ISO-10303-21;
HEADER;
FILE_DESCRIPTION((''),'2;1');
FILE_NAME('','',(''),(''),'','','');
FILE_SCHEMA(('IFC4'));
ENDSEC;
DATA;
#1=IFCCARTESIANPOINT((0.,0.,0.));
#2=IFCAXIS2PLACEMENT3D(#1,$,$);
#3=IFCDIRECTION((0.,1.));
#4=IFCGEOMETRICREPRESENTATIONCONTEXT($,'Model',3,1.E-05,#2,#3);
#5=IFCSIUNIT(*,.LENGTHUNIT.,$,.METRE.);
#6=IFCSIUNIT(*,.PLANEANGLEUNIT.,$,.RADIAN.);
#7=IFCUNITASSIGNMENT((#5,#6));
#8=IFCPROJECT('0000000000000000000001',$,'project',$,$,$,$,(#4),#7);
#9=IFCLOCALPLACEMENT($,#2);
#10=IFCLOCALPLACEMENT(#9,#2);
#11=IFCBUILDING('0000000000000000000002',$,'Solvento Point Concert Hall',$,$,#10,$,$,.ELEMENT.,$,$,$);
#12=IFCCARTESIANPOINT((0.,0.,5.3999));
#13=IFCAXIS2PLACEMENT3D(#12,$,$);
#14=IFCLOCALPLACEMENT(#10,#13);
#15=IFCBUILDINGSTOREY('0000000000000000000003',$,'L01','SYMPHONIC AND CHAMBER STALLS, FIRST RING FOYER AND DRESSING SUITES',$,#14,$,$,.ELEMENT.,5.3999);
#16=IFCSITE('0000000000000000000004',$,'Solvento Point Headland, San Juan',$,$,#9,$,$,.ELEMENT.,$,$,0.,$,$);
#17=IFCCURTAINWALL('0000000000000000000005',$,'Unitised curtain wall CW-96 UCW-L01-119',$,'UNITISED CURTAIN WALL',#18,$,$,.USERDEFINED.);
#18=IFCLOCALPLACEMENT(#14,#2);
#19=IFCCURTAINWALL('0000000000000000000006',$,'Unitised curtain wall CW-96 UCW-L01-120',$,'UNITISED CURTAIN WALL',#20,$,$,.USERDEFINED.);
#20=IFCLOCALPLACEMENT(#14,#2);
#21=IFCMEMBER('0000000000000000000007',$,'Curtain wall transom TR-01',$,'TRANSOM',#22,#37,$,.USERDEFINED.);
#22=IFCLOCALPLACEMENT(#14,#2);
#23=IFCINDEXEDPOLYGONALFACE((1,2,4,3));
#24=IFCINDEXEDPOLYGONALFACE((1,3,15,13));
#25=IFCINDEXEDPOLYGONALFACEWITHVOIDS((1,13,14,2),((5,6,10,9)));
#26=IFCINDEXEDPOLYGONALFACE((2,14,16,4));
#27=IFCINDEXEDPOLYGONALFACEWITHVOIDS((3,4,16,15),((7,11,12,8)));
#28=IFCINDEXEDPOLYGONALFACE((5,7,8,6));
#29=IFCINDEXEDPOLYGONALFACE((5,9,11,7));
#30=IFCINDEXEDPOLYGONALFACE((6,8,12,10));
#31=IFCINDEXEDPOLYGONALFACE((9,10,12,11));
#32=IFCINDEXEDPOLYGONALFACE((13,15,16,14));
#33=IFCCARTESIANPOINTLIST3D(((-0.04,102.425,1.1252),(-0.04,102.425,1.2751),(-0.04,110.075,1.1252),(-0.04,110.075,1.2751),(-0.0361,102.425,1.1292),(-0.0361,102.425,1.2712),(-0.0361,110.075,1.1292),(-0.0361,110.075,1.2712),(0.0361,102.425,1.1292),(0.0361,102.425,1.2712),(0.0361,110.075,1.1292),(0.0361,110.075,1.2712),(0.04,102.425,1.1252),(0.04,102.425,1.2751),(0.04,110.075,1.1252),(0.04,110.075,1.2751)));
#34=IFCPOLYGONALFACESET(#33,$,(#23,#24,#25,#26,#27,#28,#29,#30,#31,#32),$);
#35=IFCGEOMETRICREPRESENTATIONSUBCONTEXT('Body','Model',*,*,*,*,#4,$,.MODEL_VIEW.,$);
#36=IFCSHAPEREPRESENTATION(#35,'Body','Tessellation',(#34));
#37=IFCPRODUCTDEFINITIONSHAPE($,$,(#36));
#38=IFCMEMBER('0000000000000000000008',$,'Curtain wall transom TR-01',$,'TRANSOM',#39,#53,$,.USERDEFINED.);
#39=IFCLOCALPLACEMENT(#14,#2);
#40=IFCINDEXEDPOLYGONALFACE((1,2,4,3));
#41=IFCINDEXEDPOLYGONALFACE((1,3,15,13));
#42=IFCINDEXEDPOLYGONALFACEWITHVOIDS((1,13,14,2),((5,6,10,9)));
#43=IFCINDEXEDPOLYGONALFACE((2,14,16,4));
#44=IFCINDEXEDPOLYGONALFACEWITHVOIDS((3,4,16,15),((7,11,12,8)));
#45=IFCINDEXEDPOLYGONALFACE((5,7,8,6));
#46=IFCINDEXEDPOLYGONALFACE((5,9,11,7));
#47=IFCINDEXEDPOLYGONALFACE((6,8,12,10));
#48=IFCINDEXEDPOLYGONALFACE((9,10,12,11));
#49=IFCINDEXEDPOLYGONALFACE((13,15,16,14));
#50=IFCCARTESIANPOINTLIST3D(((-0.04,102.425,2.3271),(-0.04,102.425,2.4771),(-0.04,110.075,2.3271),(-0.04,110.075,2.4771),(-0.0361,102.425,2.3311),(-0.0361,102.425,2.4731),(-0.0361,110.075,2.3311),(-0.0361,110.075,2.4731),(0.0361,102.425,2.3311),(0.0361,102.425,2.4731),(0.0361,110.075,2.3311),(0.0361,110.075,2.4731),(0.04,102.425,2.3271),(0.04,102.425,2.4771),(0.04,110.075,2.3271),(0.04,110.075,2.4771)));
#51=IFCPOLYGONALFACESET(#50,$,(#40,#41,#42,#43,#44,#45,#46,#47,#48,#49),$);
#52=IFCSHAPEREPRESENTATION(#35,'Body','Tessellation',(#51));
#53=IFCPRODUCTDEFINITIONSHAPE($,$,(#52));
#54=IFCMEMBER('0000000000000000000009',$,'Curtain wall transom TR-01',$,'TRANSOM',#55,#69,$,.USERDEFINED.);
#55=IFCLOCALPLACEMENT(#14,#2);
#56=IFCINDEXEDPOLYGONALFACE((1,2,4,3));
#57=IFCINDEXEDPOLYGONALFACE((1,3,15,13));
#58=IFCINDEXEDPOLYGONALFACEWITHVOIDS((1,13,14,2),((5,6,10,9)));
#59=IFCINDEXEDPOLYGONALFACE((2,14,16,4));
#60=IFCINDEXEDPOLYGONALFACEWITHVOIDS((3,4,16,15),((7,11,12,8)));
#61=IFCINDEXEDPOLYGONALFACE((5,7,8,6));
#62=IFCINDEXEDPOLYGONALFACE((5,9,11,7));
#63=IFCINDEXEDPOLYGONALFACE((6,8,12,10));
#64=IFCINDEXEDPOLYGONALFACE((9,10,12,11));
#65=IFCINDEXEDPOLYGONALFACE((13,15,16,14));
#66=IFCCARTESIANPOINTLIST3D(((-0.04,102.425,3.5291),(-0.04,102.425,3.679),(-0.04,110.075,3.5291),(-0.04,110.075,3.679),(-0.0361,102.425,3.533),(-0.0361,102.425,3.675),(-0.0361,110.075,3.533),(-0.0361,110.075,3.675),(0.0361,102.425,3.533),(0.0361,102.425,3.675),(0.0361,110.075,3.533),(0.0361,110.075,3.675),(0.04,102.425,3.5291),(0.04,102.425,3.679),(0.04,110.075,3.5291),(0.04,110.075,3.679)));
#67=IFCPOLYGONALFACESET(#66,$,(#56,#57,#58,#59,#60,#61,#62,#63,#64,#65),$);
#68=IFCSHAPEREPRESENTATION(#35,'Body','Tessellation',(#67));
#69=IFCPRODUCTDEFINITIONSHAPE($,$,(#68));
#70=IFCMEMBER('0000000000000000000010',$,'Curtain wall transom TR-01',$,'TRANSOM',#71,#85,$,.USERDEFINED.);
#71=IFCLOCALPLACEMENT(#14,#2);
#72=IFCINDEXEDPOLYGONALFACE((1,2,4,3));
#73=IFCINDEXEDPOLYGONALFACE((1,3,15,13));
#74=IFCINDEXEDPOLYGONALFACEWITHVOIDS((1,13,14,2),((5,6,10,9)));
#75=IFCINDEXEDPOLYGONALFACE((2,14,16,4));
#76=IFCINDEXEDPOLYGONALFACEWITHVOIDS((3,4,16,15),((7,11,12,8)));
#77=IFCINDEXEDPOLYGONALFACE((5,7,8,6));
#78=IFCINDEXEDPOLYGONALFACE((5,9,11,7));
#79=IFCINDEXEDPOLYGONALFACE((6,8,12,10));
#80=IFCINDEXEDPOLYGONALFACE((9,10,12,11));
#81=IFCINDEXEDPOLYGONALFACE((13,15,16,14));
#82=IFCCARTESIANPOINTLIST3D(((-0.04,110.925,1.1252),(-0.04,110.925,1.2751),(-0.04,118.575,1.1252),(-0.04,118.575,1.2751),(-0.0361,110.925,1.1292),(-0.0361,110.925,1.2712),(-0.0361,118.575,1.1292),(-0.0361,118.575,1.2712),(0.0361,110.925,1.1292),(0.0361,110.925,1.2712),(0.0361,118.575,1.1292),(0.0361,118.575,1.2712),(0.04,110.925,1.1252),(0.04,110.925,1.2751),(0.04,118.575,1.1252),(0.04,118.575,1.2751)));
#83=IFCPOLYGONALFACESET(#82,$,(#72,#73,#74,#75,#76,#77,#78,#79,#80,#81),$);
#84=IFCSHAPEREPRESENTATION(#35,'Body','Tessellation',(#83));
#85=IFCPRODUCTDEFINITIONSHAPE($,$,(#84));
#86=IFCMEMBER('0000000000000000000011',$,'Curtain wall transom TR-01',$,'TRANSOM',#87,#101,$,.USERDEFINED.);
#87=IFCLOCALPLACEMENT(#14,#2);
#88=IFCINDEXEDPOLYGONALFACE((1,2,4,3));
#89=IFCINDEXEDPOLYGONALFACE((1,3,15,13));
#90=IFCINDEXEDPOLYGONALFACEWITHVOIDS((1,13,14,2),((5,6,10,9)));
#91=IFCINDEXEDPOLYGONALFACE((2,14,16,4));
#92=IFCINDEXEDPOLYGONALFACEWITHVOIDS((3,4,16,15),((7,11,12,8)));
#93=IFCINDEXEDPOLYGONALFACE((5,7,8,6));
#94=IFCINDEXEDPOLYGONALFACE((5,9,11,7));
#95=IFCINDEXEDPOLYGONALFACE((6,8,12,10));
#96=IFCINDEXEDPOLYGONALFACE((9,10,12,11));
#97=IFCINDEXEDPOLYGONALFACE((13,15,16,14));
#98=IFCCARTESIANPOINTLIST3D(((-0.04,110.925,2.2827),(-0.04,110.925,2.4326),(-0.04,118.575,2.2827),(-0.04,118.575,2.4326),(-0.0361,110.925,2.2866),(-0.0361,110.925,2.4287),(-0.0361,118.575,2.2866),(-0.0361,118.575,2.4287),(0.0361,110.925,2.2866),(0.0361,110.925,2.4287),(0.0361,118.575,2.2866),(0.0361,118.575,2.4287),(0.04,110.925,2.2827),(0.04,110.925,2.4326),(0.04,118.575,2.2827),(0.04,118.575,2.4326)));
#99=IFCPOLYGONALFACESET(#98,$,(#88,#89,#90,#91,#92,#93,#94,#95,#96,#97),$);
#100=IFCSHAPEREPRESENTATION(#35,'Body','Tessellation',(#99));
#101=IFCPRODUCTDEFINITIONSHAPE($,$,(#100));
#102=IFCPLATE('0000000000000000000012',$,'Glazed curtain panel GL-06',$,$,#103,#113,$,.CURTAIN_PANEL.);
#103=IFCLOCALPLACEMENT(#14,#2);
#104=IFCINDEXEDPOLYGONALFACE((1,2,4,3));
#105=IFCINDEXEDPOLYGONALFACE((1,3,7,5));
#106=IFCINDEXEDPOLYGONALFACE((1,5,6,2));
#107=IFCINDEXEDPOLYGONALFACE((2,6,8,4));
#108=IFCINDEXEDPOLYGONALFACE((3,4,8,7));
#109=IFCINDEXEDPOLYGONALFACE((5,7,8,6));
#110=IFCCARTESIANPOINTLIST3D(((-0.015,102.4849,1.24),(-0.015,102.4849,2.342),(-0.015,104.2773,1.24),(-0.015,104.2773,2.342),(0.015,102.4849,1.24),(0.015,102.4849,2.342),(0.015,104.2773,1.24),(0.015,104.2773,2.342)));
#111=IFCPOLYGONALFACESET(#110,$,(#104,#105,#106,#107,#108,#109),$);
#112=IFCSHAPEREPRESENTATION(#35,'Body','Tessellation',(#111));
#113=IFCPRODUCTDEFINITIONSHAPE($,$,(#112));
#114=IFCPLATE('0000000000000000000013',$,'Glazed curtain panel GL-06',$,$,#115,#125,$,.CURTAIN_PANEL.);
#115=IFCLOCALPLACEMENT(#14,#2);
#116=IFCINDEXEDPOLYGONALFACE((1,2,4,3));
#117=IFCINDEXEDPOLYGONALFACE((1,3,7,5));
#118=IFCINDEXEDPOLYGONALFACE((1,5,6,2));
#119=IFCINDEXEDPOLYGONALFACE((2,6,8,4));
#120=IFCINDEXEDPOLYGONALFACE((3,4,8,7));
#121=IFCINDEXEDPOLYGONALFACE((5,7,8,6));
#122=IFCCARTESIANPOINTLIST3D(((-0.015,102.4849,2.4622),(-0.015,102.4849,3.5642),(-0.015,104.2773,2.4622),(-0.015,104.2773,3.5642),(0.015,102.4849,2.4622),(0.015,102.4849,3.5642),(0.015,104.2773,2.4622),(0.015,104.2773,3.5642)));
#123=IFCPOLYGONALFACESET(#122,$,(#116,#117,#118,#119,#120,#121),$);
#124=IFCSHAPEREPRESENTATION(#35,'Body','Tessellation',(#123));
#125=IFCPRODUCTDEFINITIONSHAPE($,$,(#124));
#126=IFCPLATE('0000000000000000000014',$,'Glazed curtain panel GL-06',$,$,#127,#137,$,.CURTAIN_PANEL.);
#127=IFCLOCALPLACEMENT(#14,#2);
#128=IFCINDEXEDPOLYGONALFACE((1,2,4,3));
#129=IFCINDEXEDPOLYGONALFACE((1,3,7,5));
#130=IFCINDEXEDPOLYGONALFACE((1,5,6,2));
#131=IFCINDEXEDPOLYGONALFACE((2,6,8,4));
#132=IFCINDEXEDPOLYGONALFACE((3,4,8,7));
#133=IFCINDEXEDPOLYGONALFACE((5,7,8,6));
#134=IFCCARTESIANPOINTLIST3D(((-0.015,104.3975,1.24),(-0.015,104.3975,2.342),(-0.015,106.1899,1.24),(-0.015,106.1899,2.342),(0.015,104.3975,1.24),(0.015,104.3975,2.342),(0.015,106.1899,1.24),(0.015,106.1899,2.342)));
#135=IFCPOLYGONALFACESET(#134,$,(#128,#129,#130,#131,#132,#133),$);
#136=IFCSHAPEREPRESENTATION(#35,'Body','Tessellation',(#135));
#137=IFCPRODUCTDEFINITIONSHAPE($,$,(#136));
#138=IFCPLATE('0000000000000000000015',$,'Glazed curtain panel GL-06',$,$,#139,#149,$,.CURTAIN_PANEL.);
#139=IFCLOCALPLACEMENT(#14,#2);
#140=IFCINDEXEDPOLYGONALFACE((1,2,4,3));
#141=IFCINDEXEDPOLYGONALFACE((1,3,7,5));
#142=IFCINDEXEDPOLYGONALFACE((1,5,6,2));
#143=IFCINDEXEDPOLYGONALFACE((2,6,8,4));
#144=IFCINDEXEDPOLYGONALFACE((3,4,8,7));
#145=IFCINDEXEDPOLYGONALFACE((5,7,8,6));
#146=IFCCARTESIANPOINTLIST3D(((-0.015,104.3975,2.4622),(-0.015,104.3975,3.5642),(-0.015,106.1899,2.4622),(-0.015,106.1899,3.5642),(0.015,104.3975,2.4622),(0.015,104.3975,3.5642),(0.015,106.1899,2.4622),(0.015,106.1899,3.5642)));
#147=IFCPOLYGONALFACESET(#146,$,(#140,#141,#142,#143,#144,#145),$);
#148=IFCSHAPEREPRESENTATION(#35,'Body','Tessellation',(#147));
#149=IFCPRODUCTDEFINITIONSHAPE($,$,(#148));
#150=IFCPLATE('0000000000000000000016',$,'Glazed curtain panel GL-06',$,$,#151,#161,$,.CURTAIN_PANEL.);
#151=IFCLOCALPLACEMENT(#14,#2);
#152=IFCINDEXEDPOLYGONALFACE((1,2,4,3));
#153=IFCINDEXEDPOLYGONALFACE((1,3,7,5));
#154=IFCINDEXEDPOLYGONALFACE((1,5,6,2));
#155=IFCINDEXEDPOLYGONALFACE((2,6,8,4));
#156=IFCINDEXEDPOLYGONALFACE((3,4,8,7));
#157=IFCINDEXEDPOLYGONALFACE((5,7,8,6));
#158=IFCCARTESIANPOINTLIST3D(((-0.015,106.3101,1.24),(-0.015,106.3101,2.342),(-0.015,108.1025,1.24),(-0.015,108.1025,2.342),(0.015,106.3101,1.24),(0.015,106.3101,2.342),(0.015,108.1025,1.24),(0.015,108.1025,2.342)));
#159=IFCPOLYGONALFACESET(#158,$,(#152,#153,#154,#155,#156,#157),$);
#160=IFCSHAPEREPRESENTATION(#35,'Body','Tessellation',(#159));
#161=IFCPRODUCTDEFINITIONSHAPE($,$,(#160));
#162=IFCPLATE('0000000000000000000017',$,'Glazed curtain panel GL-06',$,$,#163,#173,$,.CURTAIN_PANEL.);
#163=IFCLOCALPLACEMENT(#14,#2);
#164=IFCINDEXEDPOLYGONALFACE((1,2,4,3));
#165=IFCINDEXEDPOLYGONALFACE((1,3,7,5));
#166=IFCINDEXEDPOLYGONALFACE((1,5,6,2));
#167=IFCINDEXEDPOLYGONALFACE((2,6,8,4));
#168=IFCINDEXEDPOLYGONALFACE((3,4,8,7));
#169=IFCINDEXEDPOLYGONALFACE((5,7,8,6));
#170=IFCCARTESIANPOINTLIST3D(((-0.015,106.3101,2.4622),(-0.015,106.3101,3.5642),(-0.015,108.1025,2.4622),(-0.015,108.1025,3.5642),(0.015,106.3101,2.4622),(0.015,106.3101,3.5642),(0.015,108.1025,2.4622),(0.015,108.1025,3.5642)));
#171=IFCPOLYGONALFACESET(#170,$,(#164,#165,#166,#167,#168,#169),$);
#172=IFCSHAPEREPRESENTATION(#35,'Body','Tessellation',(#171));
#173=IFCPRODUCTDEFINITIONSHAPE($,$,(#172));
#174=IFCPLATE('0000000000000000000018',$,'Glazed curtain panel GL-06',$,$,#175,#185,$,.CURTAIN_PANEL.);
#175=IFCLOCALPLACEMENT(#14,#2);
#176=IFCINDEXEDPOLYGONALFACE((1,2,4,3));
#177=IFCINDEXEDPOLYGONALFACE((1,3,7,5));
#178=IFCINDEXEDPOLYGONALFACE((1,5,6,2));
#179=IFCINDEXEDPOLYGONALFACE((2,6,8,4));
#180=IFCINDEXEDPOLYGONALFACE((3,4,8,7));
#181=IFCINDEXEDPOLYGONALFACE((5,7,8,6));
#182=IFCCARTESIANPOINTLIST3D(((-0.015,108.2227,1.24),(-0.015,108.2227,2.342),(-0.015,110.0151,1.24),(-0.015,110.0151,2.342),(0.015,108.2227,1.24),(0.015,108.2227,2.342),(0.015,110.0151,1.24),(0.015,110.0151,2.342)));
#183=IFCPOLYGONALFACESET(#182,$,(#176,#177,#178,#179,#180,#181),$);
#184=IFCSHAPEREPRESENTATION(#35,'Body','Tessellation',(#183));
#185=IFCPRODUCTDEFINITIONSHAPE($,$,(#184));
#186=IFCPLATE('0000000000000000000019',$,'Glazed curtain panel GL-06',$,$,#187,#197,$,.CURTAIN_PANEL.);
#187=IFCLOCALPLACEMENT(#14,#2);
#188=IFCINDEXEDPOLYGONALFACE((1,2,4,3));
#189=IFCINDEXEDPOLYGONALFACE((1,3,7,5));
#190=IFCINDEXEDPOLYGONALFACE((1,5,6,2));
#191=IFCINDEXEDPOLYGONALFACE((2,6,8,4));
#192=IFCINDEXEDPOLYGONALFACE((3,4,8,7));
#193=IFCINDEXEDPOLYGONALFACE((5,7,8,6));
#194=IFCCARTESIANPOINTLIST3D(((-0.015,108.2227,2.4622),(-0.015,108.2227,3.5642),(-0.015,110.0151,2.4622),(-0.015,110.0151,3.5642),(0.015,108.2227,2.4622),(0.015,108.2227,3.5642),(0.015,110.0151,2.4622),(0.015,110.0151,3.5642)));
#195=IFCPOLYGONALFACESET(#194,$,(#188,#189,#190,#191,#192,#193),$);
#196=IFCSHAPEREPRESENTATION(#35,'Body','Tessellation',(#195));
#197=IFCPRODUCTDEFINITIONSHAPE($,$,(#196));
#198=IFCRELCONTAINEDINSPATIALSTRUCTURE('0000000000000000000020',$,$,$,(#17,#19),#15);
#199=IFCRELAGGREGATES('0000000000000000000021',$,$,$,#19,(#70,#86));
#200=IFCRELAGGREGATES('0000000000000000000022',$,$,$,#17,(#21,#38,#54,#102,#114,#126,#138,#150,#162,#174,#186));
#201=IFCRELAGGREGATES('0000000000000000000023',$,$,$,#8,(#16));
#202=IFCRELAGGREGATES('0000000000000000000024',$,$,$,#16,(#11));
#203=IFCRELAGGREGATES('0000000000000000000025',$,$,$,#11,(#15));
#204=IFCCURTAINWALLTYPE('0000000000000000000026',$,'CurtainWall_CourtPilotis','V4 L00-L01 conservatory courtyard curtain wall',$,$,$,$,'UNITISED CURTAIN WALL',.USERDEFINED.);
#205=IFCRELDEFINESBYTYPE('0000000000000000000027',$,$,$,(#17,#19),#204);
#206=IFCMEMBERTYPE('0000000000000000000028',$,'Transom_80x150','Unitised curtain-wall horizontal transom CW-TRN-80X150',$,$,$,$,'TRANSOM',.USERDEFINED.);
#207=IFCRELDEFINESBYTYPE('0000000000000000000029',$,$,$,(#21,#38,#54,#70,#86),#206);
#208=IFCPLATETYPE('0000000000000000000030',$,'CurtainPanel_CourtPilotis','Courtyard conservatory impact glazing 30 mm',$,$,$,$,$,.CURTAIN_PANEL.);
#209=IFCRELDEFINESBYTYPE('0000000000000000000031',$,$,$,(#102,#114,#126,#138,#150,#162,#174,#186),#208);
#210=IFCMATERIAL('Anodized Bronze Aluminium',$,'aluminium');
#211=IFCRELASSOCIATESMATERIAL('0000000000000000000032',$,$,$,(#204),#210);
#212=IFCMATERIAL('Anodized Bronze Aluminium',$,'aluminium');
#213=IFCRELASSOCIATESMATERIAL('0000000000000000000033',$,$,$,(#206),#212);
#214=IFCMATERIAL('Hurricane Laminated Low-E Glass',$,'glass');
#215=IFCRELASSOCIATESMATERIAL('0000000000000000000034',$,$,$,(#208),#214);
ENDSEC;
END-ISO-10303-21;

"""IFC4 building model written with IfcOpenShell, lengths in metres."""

from ifc_helpers import new_model, si_unit, direction, frame, origin, origin_2d, place, context, subcontext, project, spatial, rectangle, hollow_rectangle, extrude, material, material_profile, profile_set, type_object, element, aggregate, save


model = new_model("IFC4")

# Units and contexts
model_context = context("Model", 3, precision=1e-05, world=origin(), true_north=direction((0.0, 1.0)))
body_context = subcontext(model_context, "Body", "Model", "MODEL_VIEW")
ifc_project = project(units=[si_unit("LENGTHUNIT", "METRE"), si_unit("PLANEANGLEUNIT", "RADIAN")], contexts=[model_context])

# Site, building, storey
site_placement = place(None, origin())
site = spatial("IfcSite", under=ifc_project, at=site_placement, Name="Solvento Point Headland, San Juan", CompositionType="ELEMENT", RefElevation=0.0)
building_placement = place(site_placement, origin())
building = spatial("IfcBuilding", under=site, at=building_placement, Name="Solvento Point Concert Hall", CompositionType="ELEMENT")
storey_placement = place(building_placement, frame((0.0, 0.0, 5.3999)))
storey = spatial("IfcBuildingStorey", under=building, at=storey_placement, Name="L01", Description="SYMPHONIC AND CHAMBER STALLS, FIRST RING FOYER AND DRESSING SUITES", CompositionType="ELEMENT", Elevation=5.3999)

# Curtain wall
ifc_material_1 = material(Name="Anodized Bronze Aluminium", Category="aluminium")
curtain_wall_type = type_object("IfcCurtainWallType", Name="CurtainWall_CourtPilotis", Description="V4 L00-L01 conservatory courtyard curtain wall", ElementType="UNITISED CURTAIN WALL", PredefinedType="USERDEFINED", material=ifc_material_1)
curtain_wall_1_placement = place(storey_placement, origin())
curtain_wall_1 = element("IfcCurtainWall", 1, at=curtain_wall_1_placement, inside=storey, type_object=curtain_wall_type, Name="Unitised curtain wall CW-96 UCW-L01-119", ObjectType="UNITISED CURTAIN WALL", PredefinedType="USERDEFINED")

# Curtain wall
curtain_wall_2_placement = place(storey_placement, origin())
curtain_wall_2 = element("IfcCurtainWall", 2, at=curtain_wall_2_placement, inside=storey, type_object=curtain_wall_type, Name="Unitised curtain wall CW-96 UCW-L01-120", ObjectType="UNITISED CURTAIN WALL", PredefinedType="USERDEFINED")

# Members
ifc_material_2 = material(Name="Anodized Bronze Aluminium", Category="aluminium")
ifc_material_profile_1 = material_profile(ifc_material_2, hollow_rectangle(XDim=0.0801, YDim=0.1499, WallThickness=0.0039, at=origin_2d()), Name="CW-TRN-80X150")
ifc_profile_set_1 = profile_set([ifc_material_profile_1], Name="Anodized Bronze Aluminium")
member_type_1 = type_object("IfcMemberType", Name="Transom_80x150", Description="Unitised curtain-wall horizontal transom CW-TRN-80X150", ElementType="TRANSOM", PredefinedType="USERDEFINED", material=ifc_profile_set_1)
member_1_placement = place(storey_placement, frame((0.0, 102.425, 1.2002), z_axis=(0.0, 1.0, 0.0), x_axis=(-1.0, 0.0, 0.0)))
member_1 = element("IfcMember", 3, at=member_1_placement, type_object=member_type_1, Name="Curtain wall transom TR-01", ObjectType="TRANSOM", PredefinedType="USERDEFINED", context=body_context, shape_type="SweptSolid", body=[
    extrude(hollow_rectangle(XDim=0.0801, YDim=0.1499, WallThickness=0.0039, at=origin_2d()), origin(), (0.0, 0.0, 1.0), 7.6499),
])
member_2_placement = place(storey_placement, frame((0.0, 102.425, 2.4021), z_axis=(0.0, 1.0, 0.0), x_axis=(-1.0, 0.0, 0.0)))
member_2 = element("IfcMember", 4, at=member_2_placement, type_object=member_type_1, Name="Curtain wall transom TR-01", ObjectType="TRANSOM", PredefinedType="USERDEFINED", context=body_context, shape_type="SweptSolid", body=[
    extrude(hollow_rectangle(XDim=0.0801, YDim=0.1499, WallThickness=0.0039, at=origin_2d()), origin(), (0.0, 0.0, 1.0), 7.6499),
])
member_3_placement = place(storey_placement, frame((0.0, 102.425, 3.604), z_axis=(0.0, 1.0, 0.0), x_axis=(-1.0, 0.0, 0.0)))
member_3 = element("IfcMember", 5, at=member_3_placement, type_object=member_type_1, Name="Curtain wall transom TR-01", ObjectType="TRANSOM", PredefinedType="USERDEFINED", context=body_context, shape_type="SweptSolid", body=[
    extrude(hollow_rectangle(XDim=0.0801, YDim=0.1499, WallThickness=0.0039, at=origin_2d()), origin(), (0.0, 0.0, 1.0), 7.6499),
])
member_4_placement = place(storey_placement, frame((0.0, 110.925, 1.2002), z_axis=(0.0, 1.0, 0.0), x_axis=(-1.0, 0.0, 0.0)))
member_4 = element("IfcMember", 6, at=member_4_placement, type_object=member_type_1, Name="Curtain wall transom TR-01", ObjectType="TRANSOM", PredefinedType="USERDEFINED", context=body_context, shape_type="SweptSolid", body=[
    extrude(hollow_rectangle(XDim=0.0801, YDim=0.1499, WallThickness=0.0039, at=origin_2d()), origin(), (0.0, 0.0, 1.0), 7.6499),
])
member_5_placement = place(storey_placement, frame((0.0, 110.925, 2.3577), z_axis=(0.0, 1.0, 0.0), x_axis=(-1.0, 0.0, 0.0)))
member_5 = element("IfcMember", 7, at=member_5_placement, type_object=member_type_1, Name="Curtain wall transom TR-01", ObjectType="TRANSOM", PredefinedType="USERDEFINED", context=body_context, shape_type="SweptSolid", body=[
    extrude(hollow_rectangle(XDim=0.0801, YDim=0.1499, WallThickness=0.0039, at=origin_2d()), origin(), (0.0, 0.0, 1.0), 7.6499),
])
aggregate(curtain_wall_2, [member_4, member_5])

# Plates
ifc_material_3 = material(Name="Hurricane Laminated Low-E Glass", Category="glass")
plate_type = type_object("IfcPlateType", Name="CurtainPanel_CourtPilotis", Description="Courtyard conservatory impact glazing 30 mm", PredefinedType="CURTAIN_PANEL", material=ifc_material_3)
plate_1_placement = place(storey_placement, frame((0.0, 103.3811, 1.24), z_axis=(0.0, 0.0, 1.0), x_axis=(0.0, 1.0, 0.0)))
plate_1 = element("IfcPlate", 8, at=plate_1_placement, type_object=plate_type, Name="Glazed curtain panel GL-06", PredefinedType="CURTAIN_PANEL", context=body_context, shape_type="SweptSolid", body=[
    extrude(rectangle(XDim=1.7925, YDim=0.03, at=origin_2d()), origin(), (0.0, 0.0, 1.0), 1.1021),
])
plate_2_placement = place(storey_placement, frame((0.0, 103.3811, 2.4622), z_axis=(0.0, 0.0, 1.0), x_axis=(0.0, 1.0, 0.0)))
plate_2 = element("IfcPlate", 9, at=plate_2_placement, type_object=plate_type, Name="Glazed curtain panel GL-06", PredefinedType="CURTAIN_PANEL", context=body_context, shape_type="SweptSolid", body=[
    extrude(rectangle(XDim=1.7925, YDim=0.03, at=origin_2d()), origin(), (0.0, 0.0, 1.0), 1.1021),
])
plate_3_placement = place(storey_placement, frame((0.0, 105.2937, 1.24), z_axis=(0.0, 0.0, 1.0), x_axis=(0.0, 1.0, 0.0)))
plate_3 = element("IfcPlate", 10, at=plate_3_placement, type_object=plate_type, Name="Glazed curtain panel GL-06", PredefinedType="CURTAIN_PANEL", context=body_context, shape_type="SweptSolid", body=[
    extrude(rectangle(XDim=1.7925, YDim=0.03, at=origin_2d()), origin(), (0.0, 0.0, 1.0), 1.1021),
])
plate_4_placement = place(storey_placement, frame((0.0, 105.2937, 2.4622), z_axis=(0.0, 0.0, 1.0), x_axis=(0.0, 1.0, 0.0)))
plate_4 = element("IfcPlate", 11, at=plate_4_placement, type_object=plate_type, Name="Glazed curtain panel GL-06", PredefinedType="CURTAIN_PANEL", context=body_context, shape_type="SweptSolid", body=[
    extrude(rectangle(XDim=1.7925, YDim=0.03, at=origin_2d()), origin(), (0.0, 0.0, 1.0), 1.1021),
])
plate_5_placement = place(storey_placement, frame((0.0, 107.2063, 1.24), z_axis=(0.0, 0.0, 1.0), x_axis=(0.0, 1.0, 0.0)))
plate_5 = element("IfcPlate", 12, at=plate_5_placement, type_object=plate_type, Name="Glazed curtain panel GL-06", PredefinedType="CURTAIN_PANEL", context=body_context, shape_type="SweptSolid", body=[
    extrude(rectangle(XDim=1.7925, YDim=0.03, at=origin_2d()), origin(), (0.0, 0.0, 1.0), 1.1021),
])
plate_6_placement = place(storey_placement, frame((0.0, 107.2063, 2.4622), z_axis=(0.0, 0.0, 1.0), x_axis=(0.0, 1.0, 0.0)))
plate_6 = element("IfcPlate", 13, at=plate_6_placement, type_object=plate_type, Name="Glazed curtain panel GL-06", PredefinedType="CURTAIN_PANEL", context=body_context, shape_type="SweptSolid", body=[
    extrude(rectangle(XDim=1.7925, YDim=0.03, at=origin_2d()), origin(), (0.0, 0.0, 1.0), 1.1021),
])
plate_7_placement = place(storey_placement, frame((0.0, 109.1189, 1.24), z_axis=(0.0, 0.0, 1.0), x_axis=(0.0, 1.0, 0.0)))
plate_7 = element("IfcPlate", 14, at=plate_7_placement, type_object=plate_type, Name="Glazed curtain panel GL-06", PredefinedType="CURTAIN_PANEL", context=body_context, shape_type="SweptSolid", body=[
    extrude(rectangle(XDim=1.7925, YDim=0.03, at=origin_2d()), origin(), (0.0, 0.0, 1.0), 1.1021),
])
plate_8_placement = place(storey_placement, frame((0.0, 109.1189, 2.4622), z_axis=(0.0, 0.0, 1.0), x_axis=(0.0, 1.0, 0.0)))
plate_8 = element("IfcPlate", 15, at=plate_8_placement, type_object=plate_type, Name="Glazed curtain panel GL-06", PredefinedType="CURTAIN_PANEL", context=body_context, shape_type="SweptSolid", body=[
    extrude(rectangle(XDim=1.7925, YDim=0.03, at=origin_2d()), origin(), (0.0, 0.0, 1.0), 1.1021),
])
aggregate(curtain_wall_1, [member_1, member_2, member_3, plate_1, plate_2, plate_3, plate_4, plate_5, plate_6, plate_7, plate_8])

save(model, "model.ifc")
